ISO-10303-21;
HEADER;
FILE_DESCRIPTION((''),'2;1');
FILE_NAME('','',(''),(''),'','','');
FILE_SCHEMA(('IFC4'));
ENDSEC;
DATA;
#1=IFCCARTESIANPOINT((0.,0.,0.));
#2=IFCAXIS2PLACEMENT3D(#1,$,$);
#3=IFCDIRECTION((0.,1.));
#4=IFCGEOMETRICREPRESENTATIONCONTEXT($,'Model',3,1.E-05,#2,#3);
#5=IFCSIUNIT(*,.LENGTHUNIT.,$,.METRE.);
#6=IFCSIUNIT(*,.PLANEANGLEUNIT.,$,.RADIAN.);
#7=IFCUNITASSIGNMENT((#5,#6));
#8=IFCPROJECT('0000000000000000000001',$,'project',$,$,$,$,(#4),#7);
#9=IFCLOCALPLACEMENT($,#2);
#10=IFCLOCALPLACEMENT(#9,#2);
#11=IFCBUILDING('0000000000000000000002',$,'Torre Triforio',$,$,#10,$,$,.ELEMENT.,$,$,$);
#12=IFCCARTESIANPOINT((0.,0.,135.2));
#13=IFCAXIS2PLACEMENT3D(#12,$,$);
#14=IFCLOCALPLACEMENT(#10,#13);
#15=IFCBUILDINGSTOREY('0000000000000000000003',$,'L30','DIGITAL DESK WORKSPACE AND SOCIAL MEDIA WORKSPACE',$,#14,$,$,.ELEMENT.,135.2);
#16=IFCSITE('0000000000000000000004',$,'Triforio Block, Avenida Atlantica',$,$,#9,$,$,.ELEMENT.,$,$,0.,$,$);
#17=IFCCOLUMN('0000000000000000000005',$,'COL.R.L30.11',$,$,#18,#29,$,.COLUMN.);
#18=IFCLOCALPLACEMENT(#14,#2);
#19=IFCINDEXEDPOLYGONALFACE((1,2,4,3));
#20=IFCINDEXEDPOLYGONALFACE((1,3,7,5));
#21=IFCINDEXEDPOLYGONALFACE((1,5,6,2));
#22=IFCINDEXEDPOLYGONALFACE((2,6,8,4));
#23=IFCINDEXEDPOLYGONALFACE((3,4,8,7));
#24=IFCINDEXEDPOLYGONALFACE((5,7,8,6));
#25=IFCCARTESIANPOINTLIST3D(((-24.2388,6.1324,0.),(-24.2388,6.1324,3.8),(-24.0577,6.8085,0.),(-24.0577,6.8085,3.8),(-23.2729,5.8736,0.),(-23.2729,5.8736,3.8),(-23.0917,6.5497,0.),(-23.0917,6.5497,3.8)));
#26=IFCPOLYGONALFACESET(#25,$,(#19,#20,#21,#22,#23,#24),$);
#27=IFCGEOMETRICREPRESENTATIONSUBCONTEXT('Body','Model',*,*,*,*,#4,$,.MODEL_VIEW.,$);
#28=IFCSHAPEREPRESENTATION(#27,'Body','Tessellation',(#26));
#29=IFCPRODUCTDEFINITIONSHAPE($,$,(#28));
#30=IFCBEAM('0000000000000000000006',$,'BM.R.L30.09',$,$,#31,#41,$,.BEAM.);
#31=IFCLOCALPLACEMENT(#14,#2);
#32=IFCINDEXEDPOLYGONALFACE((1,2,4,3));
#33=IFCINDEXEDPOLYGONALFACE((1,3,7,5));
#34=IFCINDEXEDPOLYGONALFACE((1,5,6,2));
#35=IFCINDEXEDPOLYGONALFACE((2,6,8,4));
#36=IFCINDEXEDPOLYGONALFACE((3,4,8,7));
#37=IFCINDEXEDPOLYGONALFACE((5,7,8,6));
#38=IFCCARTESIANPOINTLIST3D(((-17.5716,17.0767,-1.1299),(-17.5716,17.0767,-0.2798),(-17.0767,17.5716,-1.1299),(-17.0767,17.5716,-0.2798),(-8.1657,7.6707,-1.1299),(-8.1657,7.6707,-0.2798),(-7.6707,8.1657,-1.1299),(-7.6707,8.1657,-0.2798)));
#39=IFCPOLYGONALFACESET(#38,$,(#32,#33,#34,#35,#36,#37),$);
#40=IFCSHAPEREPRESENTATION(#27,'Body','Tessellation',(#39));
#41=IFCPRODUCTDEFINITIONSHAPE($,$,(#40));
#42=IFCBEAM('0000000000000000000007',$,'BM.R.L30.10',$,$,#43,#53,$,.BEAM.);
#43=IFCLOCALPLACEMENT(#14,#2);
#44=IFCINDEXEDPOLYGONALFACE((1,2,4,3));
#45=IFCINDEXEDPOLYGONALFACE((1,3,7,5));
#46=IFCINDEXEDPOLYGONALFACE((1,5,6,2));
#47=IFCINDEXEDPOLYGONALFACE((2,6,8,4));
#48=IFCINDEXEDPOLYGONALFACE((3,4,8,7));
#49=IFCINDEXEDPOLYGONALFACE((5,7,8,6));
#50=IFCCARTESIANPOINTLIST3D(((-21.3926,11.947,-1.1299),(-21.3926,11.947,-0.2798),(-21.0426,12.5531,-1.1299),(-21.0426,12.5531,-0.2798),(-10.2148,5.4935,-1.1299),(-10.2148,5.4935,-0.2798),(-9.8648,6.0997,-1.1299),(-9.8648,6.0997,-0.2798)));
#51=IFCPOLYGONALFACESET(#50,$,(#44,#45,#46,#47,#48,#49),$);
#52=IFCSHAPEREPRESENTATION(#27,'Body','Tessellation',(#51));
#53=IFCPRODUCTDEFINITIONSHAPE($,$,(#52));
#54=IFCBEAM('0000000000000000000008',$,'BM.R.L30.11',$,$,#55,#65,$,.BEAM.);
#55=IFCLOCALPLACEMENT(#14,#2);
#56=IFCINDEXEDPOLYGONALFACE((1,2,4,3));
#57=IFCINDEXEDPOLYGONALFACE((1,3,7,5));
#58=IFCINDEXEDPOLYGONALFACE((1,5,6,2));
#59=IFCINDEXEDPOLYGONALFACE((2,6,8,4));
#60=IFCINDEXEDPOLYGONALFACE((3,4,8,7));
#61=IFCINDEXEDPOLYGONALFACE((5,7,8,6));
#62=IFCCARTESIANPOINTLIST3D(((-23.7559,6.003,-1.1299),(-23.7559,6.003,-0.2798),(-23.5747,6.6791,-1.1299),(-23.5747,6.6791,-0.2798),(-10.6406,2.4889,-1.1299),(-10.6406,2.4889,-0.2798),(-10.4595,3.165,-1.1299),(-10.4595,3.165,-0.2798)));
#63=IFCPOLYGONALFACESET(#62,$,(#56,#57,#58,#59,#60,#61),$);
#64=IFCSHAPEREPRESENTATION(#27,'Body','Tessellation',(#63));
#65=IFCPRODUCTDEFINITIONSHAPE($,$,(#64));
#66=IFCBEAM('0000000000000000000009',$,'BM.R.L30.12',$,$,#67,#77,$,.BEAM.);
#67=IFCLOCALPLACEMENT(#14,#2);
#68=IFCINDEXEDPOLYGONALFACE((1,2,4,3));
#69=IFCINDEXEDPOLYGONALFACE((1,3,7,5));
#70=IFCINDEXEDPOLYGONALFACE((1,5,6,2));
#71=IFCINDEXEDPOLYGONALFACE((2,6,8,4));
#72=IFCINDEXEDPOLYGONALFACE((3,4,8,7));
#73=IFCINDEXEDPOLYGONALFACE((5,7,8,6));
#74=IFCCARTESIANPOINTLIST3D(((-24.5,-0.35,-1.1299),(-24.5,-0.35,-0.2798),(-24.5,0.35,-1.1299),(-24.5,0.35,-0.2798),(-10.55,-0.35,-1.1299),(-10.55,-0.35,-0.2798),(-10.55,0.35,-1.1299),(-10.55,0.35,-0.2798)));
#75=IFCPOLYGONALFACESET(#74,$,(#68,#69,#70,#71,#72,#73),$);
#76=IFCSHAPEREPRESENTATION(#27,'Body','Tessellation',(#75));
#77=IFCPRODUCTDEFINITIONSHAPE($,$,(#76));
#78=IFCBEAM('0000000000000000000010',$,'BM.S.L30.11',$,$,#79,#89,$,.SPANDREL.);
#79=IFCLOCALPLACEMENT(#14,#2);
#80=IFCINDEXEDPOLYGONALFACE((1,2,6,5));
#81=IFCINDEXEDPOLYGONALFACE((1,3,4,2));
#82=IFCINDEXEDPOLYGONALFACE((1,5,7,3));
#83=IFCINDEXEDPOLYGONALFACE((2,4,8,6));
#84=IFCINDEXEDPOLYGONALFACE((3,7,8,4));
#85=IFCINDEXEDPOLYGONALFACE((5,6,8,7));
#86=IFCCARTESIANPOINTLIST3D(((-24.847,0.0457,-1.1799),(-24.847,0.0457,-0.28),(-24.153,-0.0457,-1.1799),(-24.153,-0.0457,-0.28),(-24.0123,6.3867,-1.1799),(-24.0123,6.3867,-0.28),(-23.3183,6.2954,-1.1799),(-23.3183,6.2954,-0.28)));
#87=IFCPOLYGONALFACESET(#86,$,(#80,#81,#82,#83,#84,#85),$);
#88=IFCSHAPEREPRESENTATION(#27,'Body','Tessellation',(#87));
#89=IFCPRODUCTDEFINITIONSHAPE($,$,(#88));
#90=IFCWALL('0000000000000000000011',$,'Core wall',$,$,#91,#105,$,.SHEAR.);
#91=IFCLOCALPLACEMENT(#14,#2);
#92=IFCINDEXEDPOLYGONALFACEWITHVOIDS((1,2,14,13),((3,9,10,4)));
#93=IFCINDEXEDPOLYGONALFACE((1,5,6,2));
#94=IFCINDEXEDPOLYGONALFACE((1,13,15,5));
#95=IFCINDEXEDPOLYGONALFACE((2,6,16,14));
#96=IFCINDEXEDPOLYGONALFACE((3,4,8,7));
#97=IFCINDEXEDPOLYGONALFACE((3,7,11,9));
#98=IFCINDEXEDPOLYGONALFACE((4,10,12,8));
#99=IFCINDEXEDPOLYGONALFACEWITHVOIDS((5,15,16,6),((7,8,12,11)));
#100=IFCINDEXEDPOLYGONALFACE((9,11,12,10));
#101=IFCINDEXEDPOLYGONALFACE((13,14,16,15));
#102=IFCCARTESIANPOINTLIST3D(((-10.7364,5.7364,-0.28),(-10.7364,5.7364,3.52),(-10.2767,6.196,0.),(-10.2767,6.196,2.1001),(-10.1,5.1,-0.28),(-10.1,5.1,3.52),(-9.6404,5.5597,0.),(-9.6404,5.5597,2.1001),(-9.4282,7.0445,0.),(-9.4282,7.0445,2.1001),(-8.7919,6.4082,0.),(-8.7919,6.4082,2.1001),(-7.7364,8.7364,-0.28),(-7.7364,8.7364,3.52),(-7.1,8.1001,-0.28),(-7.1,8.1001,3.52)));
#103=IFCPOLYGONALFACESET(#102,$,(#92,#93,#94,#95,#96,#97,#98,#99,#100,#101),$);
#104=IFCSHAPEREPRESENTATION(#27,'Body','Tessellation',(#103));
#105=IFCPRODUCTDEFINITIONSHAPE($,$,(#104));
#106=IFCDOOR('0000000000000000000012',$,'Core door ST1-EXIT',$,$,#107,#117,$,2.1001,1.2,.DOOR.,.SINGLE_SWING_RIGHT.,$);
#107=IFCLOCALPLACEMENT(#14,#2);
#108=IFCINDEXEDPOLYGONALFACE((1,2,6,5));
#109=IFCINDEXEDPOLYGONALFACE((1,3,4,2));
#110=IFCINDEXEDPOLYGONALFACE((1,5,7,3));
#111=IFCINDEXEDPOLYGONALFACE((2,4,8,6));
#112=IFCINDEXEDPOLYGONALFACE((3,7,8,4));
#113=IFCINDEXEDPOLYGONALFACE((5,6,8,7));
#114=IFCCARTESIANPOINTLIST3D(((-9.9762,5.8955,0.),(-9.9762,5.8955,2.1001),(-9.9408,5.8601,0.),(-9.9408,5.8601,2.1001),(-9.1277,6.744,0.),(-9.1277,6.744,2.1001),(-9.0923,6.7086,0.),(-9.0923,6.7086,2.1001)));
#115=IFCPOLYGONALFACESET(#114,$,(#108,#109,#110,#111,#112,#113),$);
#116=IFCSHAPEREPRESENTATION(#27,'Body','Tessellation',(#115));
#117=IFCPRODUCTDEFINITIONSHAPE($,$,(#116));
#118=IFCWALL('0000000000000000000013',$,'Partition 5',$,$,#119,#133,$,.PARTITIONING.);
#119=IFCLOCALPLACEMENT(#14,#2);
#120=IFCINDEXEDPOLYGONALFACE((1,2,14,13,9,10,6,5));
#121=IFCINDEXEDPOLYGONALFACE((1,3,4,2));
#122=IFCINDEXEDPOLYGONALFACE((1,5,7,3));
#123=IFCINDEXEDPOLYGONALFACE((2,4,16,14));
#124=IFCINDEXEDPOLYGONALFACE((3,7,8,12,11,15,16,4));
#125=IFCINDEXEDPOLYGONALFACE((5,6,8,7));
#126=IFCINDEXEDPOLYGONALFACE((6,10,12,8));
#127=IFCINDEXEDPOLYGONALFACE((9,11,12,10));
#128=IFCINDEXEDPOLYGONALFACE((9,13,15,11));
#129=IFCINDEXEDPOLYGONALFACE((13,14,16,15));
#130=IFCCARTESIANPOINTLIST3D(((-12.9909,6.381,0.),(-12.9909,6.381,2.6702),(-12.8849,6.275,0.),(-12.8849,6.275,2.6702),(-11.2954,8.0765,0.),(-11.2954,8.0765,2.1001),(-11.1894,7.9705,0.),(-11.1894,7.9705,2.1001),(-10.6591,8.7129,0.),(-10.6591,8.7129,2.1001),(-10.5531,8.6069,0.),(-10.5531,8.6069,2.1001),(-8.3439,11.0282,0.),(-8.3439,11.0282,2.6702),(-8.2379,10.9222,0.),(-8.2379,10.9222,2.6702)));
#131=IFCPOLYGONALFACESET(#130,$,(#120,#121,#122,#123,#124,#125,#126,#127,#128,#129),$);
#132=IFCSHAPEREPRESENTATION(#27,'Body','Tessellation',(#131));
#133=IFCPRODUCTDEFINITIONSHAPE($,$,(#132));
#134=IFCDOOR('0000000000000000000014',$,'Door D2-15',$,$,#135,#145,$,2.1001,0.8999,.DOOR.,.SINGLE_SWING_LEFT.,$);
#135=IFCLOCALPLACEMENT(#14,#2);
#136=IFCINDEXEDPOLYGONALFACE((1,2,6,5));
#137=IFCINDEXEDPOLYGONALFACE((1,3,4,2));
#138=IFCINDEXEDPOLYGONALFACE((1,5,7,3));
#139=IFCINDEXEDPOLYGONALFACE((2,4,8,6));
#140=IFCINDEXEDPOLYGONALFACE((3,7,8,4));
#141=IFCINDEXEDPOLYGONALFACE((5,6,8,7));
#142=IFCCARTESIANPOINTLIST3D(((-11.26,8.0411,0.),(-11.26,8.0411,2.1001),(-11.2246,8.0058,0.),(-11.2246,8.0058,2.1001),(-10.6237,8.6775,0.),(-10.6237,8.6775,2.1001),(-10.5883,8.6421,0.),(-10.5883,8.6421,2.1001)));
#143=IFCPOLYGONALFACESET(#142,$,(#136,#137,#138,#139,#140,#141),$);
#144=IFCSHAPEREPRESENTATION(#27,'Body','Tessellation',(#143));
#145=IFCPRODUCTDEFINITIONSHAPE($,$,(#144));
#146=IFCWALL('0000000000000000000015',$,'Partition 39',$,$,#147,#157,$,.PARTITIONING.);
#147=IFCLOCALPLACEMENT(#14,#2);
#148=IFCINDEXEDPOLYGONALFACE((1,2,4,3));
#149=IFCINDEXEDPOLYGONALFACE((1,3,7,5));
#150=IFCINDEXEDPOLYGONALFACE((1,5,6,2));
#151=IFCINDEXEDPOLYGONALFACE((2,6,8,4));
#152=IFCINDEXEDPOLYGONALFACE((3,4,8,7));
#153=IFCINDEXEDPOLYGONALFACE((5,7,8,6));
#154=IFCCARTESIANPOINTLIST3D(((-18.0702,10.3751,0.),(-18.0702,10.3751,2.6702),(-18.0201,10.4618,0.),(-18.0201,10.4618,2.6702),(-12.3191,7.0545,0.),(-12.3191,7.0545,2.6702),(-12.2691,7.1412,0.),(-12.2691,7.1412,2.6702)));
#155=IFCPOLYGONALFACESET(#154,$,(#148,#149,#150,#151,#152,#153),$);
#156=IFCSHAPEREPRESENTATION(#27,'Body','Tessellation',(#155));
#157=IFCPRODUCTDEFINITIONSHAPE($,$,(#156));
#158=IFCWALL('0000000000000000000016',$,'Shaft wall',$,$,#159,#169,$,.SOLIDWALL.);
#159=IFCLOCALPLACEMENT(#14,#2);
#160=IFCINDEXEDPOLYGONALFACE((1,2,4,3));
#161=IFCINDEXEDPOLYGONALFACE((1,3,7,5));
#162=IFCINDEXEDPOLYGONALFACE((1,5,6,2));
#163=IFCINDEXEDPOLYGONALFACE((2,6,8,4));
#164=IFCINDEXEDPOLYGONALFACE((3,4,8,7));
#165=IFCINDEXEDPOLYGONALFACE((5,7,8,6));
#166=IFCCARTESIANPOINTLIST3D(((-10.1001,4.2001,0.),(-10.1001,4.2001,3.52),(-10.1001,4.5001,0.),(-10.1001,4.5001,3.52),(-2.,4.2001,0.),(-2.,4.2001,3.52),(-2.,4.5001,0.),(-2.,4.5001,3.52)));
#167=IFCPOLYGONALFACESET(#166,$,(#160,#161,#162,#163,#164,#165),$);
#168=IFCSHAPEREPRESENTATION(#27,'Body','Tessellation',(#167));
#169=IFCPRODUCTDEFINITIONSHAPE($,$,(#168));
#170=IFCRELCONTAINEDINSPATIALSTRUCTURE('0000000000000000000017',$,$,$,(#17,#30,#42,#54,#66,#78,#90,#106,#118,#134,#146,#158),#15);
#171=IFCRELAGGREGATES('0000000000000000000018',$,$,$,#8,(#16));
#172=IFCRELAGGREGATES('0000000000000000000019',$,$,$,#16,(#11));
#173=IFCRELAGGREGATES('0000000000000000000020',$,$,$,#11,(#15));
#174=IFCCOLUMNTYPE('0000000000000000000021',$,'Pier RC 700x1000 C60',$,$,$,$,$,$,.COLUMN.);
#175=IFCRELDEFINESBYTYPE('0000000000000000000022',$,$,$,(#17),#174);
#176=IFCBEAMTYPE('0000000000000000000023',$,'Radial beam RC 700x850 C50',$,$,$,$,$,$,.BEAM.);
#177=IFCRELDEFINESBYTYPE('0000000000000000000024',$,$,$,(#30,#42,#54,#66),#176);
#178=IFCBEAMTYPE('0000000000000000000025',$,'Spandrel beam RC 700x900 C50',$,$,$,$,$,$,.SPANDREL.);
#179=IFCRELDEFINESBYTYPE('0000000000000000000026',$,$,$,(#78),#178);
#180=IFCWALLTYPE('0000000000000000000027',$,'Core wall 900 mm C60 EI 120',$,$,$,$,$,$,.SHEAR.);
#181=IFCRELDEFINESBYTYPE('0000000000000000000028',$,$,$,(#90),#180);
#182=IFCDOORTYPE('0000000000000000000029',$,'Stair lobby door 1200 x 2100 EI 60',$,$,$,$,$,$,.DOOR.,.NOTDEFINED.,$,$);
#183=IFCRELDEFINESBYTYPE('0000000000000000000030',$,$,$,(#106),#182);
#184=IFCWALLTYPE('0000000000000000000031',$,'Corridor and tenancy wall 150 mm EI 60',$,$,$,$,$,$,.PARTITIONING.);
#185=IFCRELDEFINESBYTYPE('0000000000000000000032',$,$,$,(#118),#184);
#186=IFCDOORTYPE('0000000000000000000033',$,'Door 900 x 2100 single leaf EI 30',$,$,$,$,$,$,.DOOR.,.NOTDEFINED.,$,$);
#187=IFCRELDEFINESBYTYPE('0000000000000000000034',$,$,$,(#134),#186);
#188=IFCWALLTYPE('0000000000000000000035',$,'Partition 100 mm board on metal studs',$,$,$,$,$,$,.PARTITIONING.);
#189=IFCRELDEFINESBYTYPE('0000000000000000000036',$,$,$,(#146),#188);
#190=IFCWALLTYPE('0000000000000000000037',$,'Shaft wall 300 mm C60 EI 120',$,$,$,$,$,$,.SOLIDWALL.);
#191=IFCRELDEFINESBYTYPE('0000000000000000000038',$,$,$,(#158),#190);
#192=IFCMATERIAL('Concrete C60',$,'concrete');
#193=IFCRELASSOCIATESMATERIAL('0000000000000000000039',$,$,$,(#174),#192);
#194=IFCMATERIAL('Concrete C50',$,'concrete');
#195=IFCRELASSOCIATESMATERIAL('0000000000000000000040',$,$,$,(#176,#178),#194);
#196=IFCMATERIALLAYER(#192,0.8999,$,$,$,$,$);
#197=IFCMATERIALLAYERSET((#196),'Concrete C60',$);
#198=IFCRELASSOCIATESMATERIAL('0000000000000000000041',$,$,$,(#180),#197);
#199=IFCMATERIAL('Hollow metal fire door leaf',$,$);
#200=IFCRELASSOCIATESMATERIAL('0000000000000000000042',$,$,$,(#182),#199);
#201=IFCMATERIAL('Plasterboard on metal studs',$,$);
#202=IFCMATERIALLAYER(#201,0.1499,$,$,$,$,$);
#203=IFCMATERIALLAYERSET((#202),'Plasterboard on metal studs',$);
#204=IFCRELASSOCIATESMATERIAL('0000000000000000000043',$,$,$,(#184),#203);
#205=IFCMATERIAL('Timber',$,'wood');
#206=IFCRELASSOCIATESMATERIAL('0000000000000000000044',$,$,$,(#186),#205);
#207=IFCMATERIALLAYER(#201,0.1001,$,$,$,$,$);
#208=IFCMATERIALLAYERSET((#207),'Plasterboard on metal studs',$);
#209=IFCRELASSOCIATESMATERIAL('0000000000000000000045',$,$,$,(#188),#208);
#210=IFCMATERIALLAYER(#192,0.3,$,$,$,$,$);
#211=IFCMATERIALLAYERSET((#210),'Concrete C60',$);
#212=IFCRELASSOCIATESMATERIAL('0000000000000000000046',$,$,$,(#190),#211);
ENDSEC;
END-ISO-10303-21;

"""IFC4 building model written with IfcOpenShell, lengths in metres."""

from ifc_helpers import new_model, si_unit, direction, frame, frame_2d, origin, origin_2d, place, context, subcontext, project, spatial, rectangle, extrude, material, layer, layer_set, material_profile, profile_set, type_object, element, fill, save


model = new_model("IFC4")

# Units and contexts
model_context = context("Model", 3, precision=1e-05, world=origin(), true_north=direction((0.0, 1.0)))
body_context = subcontext(model_context, "Body", "Model", "MODEL_VIEW")
ifc_project = project(units=[si_unit("LENGTHUNIT", "METRE"), si_unit("PLANEANGLEUNIT", "RADIAN")], contexts=[model_context])

# Site, building, storey
site_placement = place(None, origin())
site = spatial("IfcSite", under=ifc_project, at=site_placement, Name="Triforio Block, Avenida Atlantica", CompositionType="ELEMENT", RefElevation=0.0)
building_placement = place(site_placement, origin())
building = spatial("IfcBuilding", under=site, at=building_placement, Name="Torre Triforio", CompositionType="ELEMENT")
storey_placement = place(building_placement, frame((0.0, 0.0, 135.2)))
storey = spatial("IfcBuildingStorey", under=building, at=storey_placement, Name="L30", Description="DIGITAL DESK WORKSPACE AND SOCIAL MEDIA WORKSPACE", CompositionType="ELEMENT", Elevation=135.2)

# Column
ifc_material_1 = material(Name="Concrete C60", Category="concrete")
ifc_material_profile_1 = material_profile(ifc_material_1, rectangle(XDim=0.7, YDim=1.0, at=origin_2d()), Name="RC 700x1000")
ifc_profile_set_1 = profile_set([ifc_material_profile_1], Name="Concrete C60")
column_type = type_object("IfcColumnType", Name="Pier RC 700x1000 C60", PredefinedType="COLUMN", material=ifc_profile_set_1)
column_placement = place(storey_placement, frame((-23.6653, 6.3411, 0.0), z_axis=(0.0, 0.0, 1.0), x_axis=(-0.258819, -0.965926, 0.0)))
element("IfcColumn", 1, at=column_placement, inside=storey, type_object=column_type, Name="COL.R.L30.11", PredefinedType="COLUMN", context=body_context, shape_type="SweptSolid", body=[
    extrude(rectangle(XDim=0.7, YDim=1.0, at=origin_2d()), origin(), (0.0, 0.0, 1.0), 3.8),
])

# Beams
ifc_material_2 = material(Name="Concrete C50", Category="concrete")
ifc_material_profile_2 = material_profile(ifc_material_2, rectangle(XDim=0.7, YDim=0.8501, at=origin_2d()), Name="RC 700x850")
ifc_profile_set_2 = profile_set([ifc_material_profile_2], Name="Concrete C50")
beam_type_1 = type_object("IfcBeamType", Name="Radial beam RC 700x850 C50", PredefinedType="BEAM", material=ifc_profile_set_2)
beam_1_placement = place(storey_placement, frame((-7.9182, 7.9182, -0.7048), z_axis=(-0.707107, 0.707107, 0.0), x_axis=(-0.707107, -0.707107, 0.0)))
element("IfcBeam", 2, at=beam_1_placement, inside=storey, type_object=beam_type_1, Name="BM.R.L30.09", PredefinedType="BEAM", context=body_context, shape_type="SweptSolid", body=[
    extrude(rectangle(XDim=0.7, YDim=0.8501, at=origin_2d()), origin(), (0.0, 0.0, 1.0), 13.302),
])
beam_2_placement = place(storey_placement, frame((-10.0398, 5.7966, -0.7048), z_axis=(-0.866029, 0.499994, 0.0), x_axis=(-0.499994, -0.866029, 0.0)))
element("IfcBeam", 3, at=beam_2_placement, inside=storey, type_object=beam_type_1, Name="BM.R.L30.10", PredefinedType="BEAM", context=body_context, shape_type="SweptSolid", body=[
    extrude(rectangle(XDim=0.7, YDim=0.8501, at=origin_2d()), origin(), (0.0, 0.0, 1.0), 12.907),
])
beam_3_placement = place(storey_placement, frame((-10.55, 2.8269, -0.7048), z_axis=(-0.965927, 0.258815, 0.0), x_axis=(-0.258815, -0.965927, 0.0)))
element("IfcBeam", 4, at=beam_3_placement, inside=storey, type_object=beam_type_1, Name="BM.R.L30.11", PredefinedType="BEAM", context=body_context, shape_type="SweptSolid", body=[
    extrude(rectangle(XDim=0.7, YDim=0.8501, at=origin_2d()), origin(), (0.0, 0.0, 1.0), 13.5779),
])
beam_4_placement = place(storey_placement, frame((-10.55, 0.0, -0.7048), z_axis=(-1.0, 0.0, 0.0), x_axis=(0.0, -1.0, 0.0)))
element("IfcBeam", 5, at=beam_4_placement, inside=storey, type_object=beam_type_1, Name="BM.R.L30.12", PredefinedType="BEAM", context=body_context, shape_type="SweptSolid", body=[
    extrude(rectangle(XDim=0.7, YDim=0.8501, at=origin_2d()), origin(), (0.0, 0.0, 1.0), 13.95),
])
ifc_material_profile_3 = material_profile(ifc_material_2, rectangle(XDim=0.7, YDim=0.8999, at=origin_2d()), Name="RC 700x900")
ifc_profile_set_3 = profile_set([ifc_material_profile_3], Name="Concrete C50")
beam_type_2 = type_object("IfcBeamType", Name="Spandrel beam RC 700x900 C50", PredefinedType="SPANDREL", material=ifc_profile_set_3)
beam_5_placement = place(storey_placement, frame((-23.6653, 6.3411, -0.73), z_axis=(-0.130511, -0.991447, 0.0), x_axis=(0.991447, -0.130511, 0.0)))
element("IfcBeam", 6, at=beam_5_placement, inside=storey, type_object=beam_type_2, Name="BM.S.L30.11", PredefinedType="SPANDREL", context=body_context, shape_type="SweptSolid", body=[
    extrude(rectangle(XDim=0.7, YDim=0.8999, at=origin_2d()), origin(), (0.0, 0.0, 1.0), 6.3958),
])

# Walls, openings, doors
ifc_layer_1 = layer(ifc_material_1, 0.8999)
ifc_layer_set_1 = layer_set([ifc_layer_1], Name="Concrete C60")
wall_type_1 = type_object("IfcWallType", Name="Core wall 900 mm C60 EI 120", PredefinedType="SHEAR", material=ifc_layer_set_1)
wall_1_placement = place(storey_placement, frame((-10.4182, 5.4182, -0.28), z_axis=(0.0, 0.0, 1.0), x_axis=(0.707107, 0.707107, 0.0)))
wall_1 = element("IfcWall", 7, at=wall_1_placement, inside=storey, type_object=wall_type_1, Name="Core wall", PredefinedType="SHEAR", context=body_context, shape_type="SweptSolid", body=[
    extrude(rectangle(XDim=4.2427, YDim=0.8999, at=frame_2d((2.1213, 0.0))), origin(), (0.0, 0.0, 1.0), 3.8),
])
opening_1_placement = place(wall_1_placement, frame((0.6499, 0.0, 0.28)))
opening_1 = element("IfcOpeningElement", 8, at=opening_1_placement, cuts=wall_1, PredefinedType="OPENING", context=body_context, shape_type="SweptSolid", body=[
    extrude(rectangle(XDim=1.2, YDim=2.1001, at=frame_2d((0.6001, 1.05))), frame((0.0, 0.46, 0.0), z_axis=(0.0, -1.0, 0.0), x_axis=(1.0, 0.0, 0.0)), (0.0, 0.0, 1.0), 0.9199),
])
ifc_material_3 = material(Name="Hollow metal fire door leaf")
door_type_1 = type_object("IfcDoorType", Name="Stair lobby door 1200 x 2100 EI 60", OperationType="NOTDEFINED", PredefinedType="DOOR", material=ifc_material_3)
door_1_placement = place(opening_1_placement, origin())
door_1 = element("IfcDoor", 9, at=door_1_placement, inside=storey, type_object=door_type_1, Name="Core door ST1-EXIT", OperationType="SINGLE_SWING_RIGHT", OverallHeight=2.1001, OverallWidth=1.2, PredefinedType="DOOR", context=body_context, shape_type="SweptSolid", body=[
    extrude(rectangle(XDim=1.2, YDim=2.1001, at=frame_2d((0.6001, 1.05))), frame((0.0, 0.0249, 0.0), z_axis=(0.0, -1.0, 0.0), x_axis=(1.0, 0.0, 0.0)), (0.0, 0.0, 1.0), 0.05),
])
fill(opening_1, door_1)
ifc_material_4 = material(Name="Plasterboard on metal studs")
ifc_layer_2 = layer(ifc_material_4, 0.1499)
ifc_layer_set_2 = layer_set([ifc_layer_2], Name="Plasterboard on metal studs")
wall_type_2 = type_object("IfcWallType", Name="Corridor and tenancy wall 150 mm EI 60", PredefinedType="PARTITIONING", material=ifc_layer_set_2)
wall_2_placement = place(storey_placement, frame((-12.938, 6.3279, 0.0), z_axis=(0.0, 0.0, 1.0), x_axis=(0.707088, 0.707125, 0.0)))
wall_2 = element("IfcWall", 10, at=wall_2_placement, inside=storey, type_object=wall_type_2, Name="Partition 5", PredefinedType="PARTITIONING", context=body_context, shape_type="SweptSolid", body=[
    extrude(rectangle(XDim=6.572, YDim=0.1499, at=frame_2d((3.2861, 0.0))), origin(), (0.0, 0.0, 1.0), 2.6702),
])
opening_2_placement = place(wall_2_placement, frame((2.3979, 0.0, 0.0)))
opening_2 = element("IfcOpeningElement", 11, at=opening_2_placement, cuts=wall_2, PredefinedType="OPENING", context=body_context, shape_type="SweptSolid", body=[
    extrude(rectangle(XDim=0.8999, YDim=2.1001, at=frame_2d((0.45, 1.05))), frame((0.0, 0.085, 0.0), z_axis=(0.0, -1.0, 0.0), x_axis=(1.0, 0.0, 0.0)), (0.0, 0.0, 1.0), 0.1699),
])
ifc_material_5 = material(Name="Timber", Category="wood")
door_type_2 = type_object("IfcDoorType", Name="Door 900 x 2100 single leaf EI 30", OperationType="NOTDEFINED", PredefinedType="DOOR", material=ifc_material_5)
door_2_placement = place(opening_2_placement, origin())
door_2 = element("IfcDoor", 12, at=door_2_placement, inside=storey, type_object=door_type_2, Name="Door D2-15", OperationType="SINGLE_SWING_LEFT", OverallHeight=2.1001, OverallWidth=0.8999, PredefinedType="DOOR", context=body_context, shape_type="SweptSolid", body=[
    extrude(rectangle(XDim=0.8999, YDim=2.1001, at=frame_2d((0.45, 1.05))), frame((0.0, 0.0249, 0.0), z_axis=(0.0, -1.0, 0.0), x_axis=(1.0, 0.0, 0.0)), (0.0, 0.0, 1.0), 0.05),
])
fill(opening_2, door_2)

# Walls
ifc_layer_3 = layer(ifc_material_4, 0.1001)
ifc_layer_set_3 = layer_set([ifc_layer_3], Name="Plasterboard on metal studs")
wall_type_3 = type_object("IfcWallType", Name="Partition 100 mm board on metal studs", PredefinedType="PARTITIONING", material=ifc_layer_set_3)
wall_3_placement = place(storey_placement, frame((-12.2942, 7.0979, 0.0), z_axis=(0.0, 0.0, 1.0), x_axis=(-0.86601, 0.500026, 0.0)))
element("IfcWall", 13, at=wall_3_placement, inside=storey, type_object=wall_type_3, Name="Partition 39", PredefinedType="PARTITIONING", context=body_context, shape_type="SweptSolid", body=[
    extrude(rectangle(XDim=6.6409, YDim=0.1001, at=frame_2d((3.3203, 0.0))), origin(), (0.0, 0.0, 1.0), 2.6702),
])
ifc_layer_4 = layer(ifc_material_1, 0.3)
ifc_layer_set_4 = layer_set([ifc_layer_4], Name="Concrete C60")
wall_type_4 = type_object("IfcWallType", Name="Shaft wall 300 mm C60 EI 120", PredefinedType="SOLIDWALL", material=ifc_layer_set_4)
wall_4_placement = place(storey_placement, frame((-10.1001, 4.3501, 0.0), z_axis=(0.0, 0.0, 1.0), x_axis=(1.0, 0.0, 0.0)))
element("IfcWall", 14, at=wall_4_placement, inside=storey, type_object=wall_type_4, Name="Shaft wall", PredefinedType="SOLIDWALL", context=body_context, shape_type="SweptSolid", body=[
    extrude(rectangle(XDim=8.1001, YDim=0.3, at=frame_2d((4.05, 0.0))), origin(), (0.0, 0.0, 1.0), 3.52),
])

save(model, "model.ifc")
